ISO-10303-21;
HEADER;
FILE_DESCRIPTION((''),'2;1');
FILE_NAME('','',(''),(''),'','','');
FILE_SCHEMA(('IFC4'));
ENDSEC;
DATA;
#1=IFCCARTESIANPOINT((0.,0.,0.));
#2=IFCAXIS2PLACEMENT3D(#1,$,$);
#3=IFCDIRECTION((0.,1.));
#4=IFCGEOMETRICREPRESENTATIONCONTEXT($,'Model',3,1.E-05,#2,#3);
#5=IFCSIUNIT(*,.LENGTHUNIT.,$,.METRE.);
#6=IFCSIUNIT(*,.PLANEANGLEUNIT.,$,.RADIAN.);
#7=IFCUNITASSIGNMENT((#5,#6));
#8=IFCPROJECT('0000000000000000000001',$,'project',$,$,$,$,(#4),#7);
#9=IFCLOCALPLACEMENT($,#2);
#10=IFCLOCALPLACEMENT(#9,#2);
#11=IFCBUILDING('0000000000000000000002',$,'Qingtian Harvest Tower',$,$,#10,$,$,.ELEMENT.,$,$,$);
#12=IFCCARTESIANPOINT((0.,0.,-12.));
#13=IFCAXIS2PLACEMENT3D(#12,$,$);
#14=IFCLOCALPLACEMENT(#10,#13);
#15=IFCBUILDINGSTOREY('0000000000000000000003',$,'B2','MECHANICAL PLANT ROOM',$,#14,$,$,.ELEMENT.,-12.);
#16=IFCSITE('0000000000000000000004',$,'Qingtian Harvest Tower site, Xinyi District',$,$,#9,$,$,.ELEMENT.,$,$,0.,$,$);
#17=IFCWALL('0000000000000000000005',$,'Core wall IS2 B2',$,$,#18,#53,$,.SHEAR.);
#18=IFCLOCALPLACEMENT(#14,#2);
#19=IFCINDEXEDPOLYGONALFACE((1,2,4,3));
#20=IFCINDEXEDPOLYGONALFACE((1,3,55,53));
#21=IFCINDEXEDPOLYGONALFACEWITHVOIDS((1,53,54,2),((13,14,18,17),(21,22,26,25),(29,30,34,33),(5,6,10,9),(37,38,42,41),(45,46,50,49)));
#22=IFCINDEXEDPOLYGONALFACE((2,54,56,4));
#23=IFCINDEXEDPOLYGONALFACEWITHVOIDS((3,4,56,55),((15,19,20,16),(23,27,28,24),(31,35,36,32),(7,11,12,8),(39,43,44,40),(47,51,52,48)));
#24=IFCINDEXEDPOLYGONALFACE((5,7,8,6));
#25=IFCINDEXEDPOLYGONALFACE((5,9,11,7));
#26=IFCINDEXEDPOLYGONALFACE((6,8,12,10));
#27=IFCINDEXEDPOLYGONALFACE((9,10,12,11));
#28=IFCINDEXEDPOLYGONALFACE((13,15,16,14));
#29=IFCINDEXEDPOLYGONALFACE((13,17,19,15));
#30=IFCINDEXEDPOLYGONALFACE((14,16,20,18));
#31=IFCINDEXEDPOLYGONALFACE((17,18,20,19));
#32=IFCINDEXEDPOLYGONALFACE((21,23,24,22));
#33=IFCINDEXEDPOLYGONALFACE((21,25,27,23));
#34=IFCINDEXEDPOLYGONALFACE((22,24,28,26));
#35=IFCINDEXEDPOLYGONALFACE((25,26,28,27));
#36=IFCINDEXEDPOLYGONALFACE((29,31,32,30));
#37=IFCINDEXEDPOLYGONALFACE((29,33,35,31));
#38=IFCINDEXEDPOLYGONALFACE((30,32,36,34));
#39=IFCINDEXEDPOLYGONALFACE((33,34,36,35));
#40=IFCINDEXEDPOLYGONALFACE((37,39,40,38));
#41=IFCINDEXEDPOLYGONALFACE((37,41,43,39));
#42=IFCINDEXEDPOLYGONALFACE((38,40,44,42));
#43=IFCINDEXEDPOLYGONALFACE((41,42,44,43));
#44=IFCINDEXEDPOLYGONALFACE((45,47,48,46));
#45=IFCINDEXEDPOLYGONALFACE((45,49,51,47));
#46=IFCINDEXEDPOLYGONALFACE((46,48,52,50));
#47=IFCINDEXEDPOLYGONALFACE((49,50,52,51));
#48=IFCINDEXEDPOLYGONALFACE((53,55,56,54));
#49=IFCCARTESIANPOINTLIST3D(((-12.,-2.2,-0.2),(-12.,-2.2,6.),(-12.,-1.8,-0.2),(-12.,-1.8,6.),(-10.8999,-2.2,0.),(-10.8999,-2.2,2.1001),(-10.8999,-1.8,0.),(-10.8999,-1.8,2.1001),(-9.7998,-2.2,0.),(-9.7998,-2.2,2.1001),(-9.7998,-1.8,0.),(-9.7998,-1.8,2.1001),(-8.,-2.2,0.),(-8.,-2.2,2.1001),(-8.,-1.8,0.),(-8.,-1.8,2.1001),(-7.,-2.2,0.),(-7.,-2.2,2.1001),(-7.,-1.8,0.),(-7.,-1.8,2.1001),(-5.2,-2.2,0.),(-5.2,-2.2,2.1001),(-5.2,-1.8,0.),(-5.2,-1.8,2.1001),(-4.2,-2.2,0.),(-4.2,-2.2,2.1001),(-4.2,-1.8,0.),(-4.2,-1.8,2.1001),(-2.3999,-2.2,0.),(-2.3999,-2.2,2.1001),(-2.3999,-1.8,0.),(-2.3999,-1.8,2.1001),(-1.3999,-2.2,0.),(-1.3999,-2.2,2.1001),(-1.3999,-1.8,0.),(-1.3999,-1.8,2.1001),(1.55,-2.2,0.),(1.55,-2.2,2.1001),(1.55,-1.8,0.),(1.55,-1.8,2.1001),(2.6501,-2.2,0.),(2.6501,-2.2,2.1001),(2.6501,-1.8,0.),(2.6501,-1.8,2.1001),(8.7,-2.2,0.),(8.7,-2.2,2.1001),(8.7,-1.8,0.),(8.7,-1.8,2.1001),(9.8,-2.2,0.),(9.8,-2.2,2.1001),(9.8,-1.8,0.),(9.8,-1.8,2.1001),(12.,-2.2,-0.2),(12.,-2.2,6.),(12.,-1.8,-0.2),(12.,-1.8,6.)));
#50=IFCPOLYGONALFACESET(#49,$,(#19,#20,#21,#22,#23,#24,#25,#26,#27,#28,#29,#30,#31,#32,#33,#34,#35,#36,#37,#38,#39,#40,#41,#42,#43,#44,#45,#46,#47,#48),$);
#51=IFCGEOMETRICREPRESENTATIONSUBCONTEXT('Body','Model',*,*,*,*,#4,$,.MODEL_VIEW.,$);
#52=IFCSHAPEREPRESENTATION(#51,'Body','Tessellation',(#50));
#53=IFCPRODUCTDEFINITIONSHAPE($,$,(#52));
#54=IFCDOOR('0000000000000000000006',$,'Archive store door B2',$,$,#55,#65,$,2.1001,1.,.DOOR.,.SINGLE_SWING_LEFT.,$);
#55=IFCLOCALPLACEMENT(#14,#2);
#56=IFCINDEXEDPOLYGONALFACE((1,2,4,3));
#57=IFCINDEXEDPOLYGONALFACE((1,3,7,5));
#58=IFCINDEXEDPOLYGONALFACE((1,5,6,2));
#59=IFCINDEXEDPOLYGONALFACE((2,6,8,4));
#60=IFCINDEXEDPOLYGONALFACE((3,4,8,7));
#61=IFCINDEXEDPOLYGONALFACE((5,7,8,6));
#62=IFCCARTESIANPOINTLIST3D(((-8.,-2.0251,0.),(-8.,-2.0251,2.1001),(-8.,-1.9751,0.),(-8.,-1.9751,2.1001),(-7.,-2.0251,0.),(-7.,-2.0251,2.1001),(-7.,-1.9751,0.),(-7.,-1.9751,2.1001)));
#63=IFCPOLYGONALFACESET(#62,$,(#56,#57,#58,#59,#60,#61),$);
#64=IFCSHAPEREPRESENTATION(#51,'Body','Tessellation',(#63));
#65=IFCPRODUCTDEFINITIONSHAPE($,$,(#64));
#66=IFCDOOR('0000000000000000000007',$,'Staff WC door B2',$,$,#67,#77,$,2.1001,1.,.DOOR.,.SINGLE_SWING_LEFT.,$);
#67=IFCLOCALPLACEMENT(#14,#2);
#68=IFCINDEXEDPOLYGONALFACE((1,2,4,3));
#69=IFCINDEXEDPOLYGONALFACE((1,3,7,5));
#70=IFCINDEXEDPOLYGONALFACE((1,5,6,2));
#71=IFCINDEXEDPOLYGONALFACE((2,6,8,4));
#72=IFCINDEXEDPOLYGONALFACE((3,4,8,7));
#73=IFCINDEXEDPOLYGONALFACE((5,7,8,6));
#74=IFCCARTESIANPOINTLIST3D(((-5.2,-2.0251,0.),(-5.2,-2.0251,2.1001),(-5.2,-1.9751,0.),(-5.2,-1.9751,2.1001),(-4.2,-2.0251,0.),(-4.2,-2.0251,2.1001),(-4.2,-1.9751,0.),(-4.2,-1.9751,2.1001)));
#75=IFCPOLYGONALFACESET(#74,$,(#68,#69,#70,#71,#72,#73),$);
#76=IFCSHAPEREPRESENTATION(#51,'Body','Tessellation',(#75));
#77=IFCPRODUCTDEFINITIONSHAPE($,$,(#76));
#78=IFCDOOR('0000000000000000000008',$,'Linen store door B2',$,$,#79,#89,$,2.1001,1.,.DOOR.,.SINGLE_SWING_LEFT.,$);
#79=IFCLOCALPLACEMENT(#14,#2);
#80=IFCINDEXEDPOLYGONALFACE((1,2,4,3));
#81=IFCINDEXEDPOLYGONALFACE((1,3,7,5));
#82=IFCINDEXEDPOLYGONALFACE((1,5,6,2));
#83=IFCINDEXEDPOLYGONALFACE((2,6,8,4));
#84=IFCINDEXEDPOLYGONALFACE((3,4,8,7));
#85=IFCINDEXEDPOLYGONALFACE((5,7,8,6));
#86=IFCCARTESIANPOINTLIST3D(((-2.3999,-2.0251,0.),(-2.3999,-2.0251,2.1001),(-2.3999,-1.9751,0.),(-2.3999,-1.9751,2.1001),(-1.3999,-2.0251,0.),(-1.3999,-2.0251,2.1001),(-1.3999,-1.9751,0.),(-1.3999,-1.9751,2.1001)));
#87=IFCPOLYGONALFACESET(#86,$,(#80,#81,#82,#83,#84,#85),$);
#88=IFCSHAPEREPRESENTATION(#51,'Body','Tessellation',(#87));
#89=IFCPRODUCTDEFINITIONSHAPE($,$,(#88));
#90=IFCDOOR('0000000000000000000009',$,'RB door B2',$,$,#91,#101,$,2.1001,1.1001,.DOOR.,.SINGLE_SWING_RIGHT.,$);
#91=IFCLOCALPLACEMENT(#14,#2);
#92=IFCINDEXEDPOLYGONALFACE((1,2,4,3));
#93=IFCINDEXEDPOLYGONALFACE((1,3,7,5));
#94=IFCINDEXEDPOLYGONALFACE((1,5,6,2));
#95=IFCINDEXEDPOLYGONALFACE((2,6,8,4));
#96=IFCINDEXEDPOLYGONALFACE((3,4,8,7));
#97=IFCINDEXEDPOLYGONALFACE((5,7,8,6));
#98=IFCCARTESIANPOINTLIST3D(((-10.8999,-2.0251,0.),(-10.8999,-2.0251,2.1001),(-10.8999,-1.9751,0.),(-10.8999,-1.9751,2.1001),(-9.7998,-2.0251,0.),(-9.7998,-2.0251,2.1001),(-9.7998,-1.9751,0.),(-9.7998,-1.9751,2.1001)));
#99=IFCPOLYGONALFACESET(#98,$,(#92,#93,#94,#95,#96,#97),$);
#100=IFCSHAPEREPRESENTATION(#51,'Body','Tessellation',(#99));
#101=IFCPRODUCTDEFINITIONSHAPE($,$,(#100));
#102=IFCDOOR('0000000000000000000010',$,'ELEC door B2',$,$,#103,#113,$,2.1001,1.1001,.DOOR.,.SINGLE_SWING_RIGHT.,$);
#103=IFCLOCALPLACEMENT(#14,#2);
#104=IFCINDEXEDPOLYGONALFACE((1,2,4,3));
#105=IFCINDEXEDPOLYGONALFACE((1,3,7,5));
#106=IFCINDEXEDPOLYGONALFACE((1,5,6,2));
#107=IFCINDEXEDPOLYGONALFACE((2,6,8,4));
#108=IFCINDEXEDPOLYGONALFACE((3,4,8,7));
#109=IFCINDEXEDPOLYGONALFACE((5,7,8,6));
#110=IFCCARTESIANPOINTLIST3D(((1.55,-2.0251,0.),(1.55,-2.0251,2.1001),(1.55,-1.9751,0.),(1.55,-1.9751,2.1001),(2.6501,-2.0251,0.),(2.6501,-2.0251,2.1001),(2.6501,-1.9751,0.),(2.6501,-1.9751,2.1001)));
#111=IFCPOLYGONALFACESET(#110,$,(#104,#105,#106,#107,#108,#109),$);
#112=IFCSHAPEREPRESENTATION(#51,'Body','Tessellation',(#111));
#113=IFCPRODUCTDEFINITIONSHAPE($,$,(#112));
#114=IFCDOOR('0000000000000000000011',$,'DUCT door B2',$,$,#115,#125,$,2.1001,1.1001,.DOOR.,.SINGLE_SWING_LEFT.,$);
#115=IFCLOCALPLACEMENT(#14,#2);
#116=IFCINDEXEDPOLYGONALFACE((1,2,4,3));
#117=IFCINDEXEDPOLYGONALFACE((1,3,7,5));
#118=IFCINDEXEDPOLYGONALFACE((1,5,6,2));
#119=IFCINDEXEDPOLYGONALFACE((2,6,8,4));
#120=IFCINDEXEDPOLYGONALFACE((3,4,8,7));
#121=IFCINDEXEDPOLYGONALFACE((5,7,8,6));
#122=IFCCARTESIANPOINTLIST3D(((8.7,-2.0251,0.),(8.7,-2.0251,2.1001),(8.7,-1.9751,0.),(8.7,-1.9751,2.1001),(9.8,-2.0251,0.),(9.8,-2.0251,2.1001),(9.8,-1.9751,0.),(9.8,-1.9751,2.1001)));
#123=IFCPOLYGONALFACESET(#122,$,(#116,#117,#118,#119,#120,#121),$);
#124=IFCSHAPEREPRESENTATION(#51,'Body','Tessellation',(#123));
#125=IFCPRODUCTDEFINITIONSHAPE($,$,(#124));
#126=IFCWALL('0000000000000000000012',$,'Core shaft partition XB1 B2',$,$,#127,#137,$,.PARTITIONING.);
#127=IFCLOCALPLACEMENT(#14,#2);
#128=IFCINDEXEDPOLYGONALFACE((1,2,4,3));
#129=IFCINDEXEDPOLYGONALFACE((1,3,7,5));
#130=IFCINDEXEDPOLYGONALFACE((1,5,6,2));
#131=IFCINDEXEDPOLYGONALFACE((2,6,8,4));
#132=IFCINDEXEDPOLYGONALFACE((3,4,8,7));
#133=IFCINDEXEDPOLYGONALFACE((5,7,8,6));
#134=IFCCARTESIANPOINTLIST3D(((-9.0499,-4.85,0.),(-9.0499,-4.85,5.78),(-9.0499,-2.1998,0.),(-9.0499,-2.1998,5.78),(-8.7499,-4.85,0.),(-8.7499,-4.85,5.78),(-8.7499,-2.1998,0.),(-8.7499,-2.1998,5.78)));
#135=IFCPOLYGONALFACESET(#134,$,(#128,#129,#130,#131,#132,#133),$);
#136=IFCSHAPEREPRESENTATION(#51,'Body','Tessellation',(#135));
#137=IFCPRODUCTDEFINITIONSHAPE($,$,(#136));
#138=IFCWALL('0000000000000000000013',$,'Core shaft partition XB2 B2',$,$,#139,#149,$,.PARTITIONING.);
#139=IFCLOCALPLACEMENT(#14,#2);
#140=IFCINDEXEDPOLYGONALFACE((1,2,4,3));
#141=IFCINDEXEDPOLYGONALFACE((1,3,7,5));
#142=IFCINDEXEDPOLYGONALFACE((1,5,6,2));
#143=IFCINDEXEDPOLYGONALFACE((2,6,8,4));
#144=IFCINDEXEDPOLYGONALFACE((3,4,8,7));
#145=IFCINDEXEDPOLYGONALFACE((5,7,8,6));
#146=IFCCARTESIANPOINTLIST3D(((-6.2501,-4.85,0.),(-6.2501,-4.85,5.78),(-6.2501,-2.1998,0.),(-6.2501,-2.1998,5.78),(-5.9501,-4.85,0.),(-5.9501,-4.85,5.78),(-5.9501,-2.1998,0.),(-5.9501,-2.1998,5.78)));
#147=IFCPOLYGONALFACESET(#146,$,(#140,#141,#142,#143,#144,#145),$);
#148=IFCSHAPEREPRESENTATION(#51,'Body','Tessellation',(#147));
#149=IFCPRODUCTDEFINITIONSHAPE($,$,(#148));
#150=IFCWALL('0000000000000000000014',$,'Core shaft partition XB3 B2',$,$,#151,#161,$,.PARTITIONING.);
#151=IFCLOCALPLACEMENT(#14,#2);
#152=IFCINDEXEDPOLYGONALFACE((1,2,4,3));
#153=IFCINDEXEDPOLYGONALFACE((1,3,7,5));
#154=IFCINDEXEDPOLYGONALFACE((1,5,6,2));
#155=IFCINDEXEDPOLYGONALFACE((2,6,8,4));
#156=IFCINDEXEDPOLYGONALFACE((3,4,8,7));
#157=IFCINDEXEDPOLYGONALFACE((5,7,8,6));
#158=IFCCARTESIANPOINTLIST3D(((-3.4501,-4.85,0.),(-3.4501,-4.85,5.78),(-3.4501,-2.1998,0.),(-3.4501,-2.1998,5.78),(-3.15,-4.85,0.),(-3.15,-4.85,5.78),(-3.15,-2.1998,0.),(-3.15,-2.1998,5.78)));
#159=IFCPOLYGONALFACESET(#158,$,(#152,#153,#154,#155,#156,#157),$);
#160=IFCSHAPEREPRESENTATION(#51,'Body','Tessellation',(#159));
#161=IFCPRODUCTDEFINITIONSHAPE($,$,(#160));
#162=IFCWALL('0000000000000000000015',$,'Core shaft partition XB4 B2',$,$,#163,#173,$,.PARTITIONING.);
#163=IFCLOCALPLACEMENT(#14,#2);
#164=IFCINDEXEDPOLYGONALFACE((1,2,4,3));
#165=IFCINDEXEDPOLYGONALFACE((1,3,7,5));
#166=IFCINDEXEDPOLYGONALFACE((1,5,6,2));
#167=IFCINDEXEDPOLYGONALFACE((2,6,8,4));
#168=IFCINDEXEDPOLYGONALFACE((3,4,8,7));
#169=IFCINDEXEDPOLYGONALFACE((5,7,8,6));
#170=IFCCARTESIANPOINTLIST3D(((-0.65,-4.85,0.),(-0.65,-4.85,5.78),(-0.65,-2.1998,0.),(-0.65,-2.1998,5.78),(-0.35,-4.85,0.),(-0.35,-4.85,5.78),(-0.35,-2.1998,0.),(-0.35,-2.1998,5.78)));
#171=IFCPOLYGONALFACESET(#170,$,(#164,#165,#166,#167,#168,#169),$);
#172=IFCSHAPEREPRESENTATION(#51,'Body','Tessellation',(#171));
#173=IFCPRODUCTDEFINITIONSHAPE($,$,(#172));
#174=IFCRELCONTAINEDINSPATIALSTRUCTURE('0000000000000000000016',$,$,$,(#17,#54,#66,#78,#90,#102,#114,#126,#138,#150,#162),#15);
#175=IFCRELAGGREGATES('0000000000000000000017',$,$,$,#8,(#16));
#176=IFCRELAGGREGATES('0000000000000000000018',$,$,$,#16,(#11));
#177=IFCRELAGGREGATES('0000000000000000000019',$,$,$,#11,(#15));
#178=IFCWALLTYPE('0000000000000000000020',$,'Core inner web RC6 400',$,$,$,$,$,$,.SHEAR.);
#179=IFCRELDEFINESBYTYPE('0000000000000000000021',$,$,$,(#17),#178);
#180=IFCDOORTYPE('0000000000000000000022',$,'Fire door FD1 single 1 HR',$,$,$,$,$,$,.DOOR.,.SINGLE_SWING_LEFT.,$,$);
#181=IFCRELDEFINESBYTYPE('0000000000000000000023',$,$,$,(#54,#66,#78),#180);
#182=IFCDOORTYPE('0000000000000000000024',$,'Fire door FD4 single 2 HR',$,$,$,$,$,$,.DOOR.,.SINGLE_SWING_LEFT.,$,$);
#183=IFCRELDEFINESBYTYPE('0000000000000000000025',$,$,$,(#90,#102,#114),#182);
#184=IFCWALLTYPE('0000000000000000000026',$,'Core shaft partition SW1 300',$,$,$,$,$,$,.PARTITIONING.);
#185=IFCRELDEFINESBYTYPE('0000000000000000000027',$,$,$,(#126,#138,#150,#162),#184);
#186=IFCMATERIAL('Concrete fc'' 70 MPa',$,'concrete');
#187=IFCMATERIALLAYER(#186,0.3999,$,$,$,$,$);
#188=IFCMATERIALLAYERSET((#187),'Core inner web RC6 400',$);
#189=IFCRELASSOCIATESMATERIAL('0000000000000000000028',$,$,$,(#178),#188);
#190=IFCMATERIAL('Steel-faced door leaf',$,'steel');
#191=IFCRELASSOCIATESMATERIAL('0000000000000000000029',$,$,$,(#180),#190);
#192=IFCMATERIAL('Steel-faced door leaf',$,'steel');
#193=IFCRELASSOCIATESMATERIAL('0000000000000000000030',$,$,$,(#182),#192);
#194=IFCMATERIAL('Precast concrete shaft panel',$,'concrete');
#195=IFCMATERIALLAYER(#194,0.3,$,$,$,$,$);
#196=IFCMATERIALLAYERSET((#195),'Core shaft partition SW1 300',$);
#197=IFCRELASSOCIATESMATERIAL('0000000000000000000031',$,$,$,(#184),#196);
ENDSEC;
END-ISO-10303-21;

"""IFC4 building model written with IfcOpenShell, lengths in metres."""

from ifc_helpers import new_model, si_unit, direction, frame, frame_2d, origin, place, context, subcontext, project, spatial, rectangle, extrude, material, layer, layer_set, type_object, element, fill, save


model = new_model("IFC4")

# Units and contexts
model_context = context("Model", 3, precision=1e-05, world=origin(), true_north=direction((0.0, 1.0)))
body_context = subcontext(model_context, "Body", "Model", "MODEL_VIEW")
ifc_project = project(units=[si_unit("LENGTHUNIT", "METRE"), si_unit("PLANEANGLEUNIT", "RADIAN")], contexts=[model_context])

# Site, building, storey
site_placement = place(None, origin())
site = spatial("IfcSite", under=ifc_project, at=site_placement, Name="Qingtian Harvest Tower site, Xinyi District", CompositionType="ELEMENT", RefElevation=0.0)
building_placement = place(site_placement, origin())
building = spatial("IfcBuilding", under=site, at=building_placement, Name="Qingtian Harvest Tower", CompositionType="ELEMENT")
storey_placement = place(building_placement, frame((0.0, 0.0, -12.0)))
storey = spatial("IfcBuildingStorey", under=building, at=storey_placement, Name="B2", Description="MECHANICAL PLANT ROOM", CompositionType="ELEMENT", Elevation=-12.0)

# Wall, openings, doors
ifc_material_1 = material(Name="Concrete fc' 70 MPa", Category="concrete")
ifc_layer_1 = layer(ifc_material_1, 0.3999)
ifc_layer_set_1 = layer_set([ifc_layer_1], Name="Core inner web RC6 400")
wall_type_1 = type_object("IfcWallType", Name="Core inner web RC6 400", PredefinedType="SHEAR", material=ifc_layer_set_1)
wall_1_placement = place(storey_placement, frame((-12.0, -2.0, -0.2), z_axis=(0.0, 0.0, 1.0), x_axis=(1.0, 0.0, 0.0)))
wall_1 = element("IfcWall", 1, at=wall_1_placement, inside=storey, type_object=wall_type_1, Name="Core wall IS2 B2", PredefinedType="SHEAR", context=body_context, shape_type="SweptSolid", body=[
    extrude(rectangle(XDim=24.0, YDim=0.3999, at=frame_2d((12.0, 0.0))), origin(), (0.0, 0.0, 1.0), 6.2),
])
opening_1_placement = place(wall_1_placement, frame((1.1001, 0.0, 0.2)))
opening_1 = element("IfcOpeningElement", 2, at=opening_1_placement, cuts=wall_1, PredefinedType="OPENING", context=body_context, shape_type="SweptSolid", body=[
    extrude(rectangle(XDim=1.1001, YDim=2.1001, at=frame_2d((0.55, 1.05))), frame((0.0, 0.21, 0.0), z_axis=(0.0, -1.0, 0.0), x_axis=(1.0, 0.0, 0.0)), (0.0, 0.0, 1.0), 0.4199),
])
opening_2_placement = place(wall_1_placement, frame((13.55, 0.0, 0.2)))
opening_2 = element("IfcOpeningElement", 3, at=opening_2_placement, cuts=wall_1, PredefinedType="OPENING", context=body_context, shape_type="SweptSolid", body=[
    extrude(rectangle(XDim=1.1001, YDim=2.1001, at=frame_2d((0.55, 1.05))), frame((0.0, 0.21, 0.0), z_axis=(0.0, -1.0, 0.0), x_axis=(1.0, 0.0, 0.0)), (0.0, 0.0, 1.0), 0.4199),
])
opening_3_placement = place(wall_1_placement, frame((20.7, 0.0, 0.2)))
opening_3 = element("IfcOpeningElement", 4, at=opening_3_placement, cuts=wall_1, PredefinedType="OPENING", context=body_context, shape_type="SweptSolid", body=[
    extrude(rectangle(XDim=1.1001, YDim=2.1001, at=frame_2d((0.55, 1.05))), frame((0.0, 0.21, 0.0), z_axis=(0.0, -1.0, 0.0), x_axis=(1.0, 0.0, 0.0)), (0.0, 0.0, 1.0), 0.4199),
])
opening_4_placement = place(wall_1_placement, frame((4.0, 0.0, 0.2)))
opening_4 = element("IfcOpeningElement", 5, at=opening_4_placement, cuts=wall_1, PredefinedType="OPENING", context=body_context, shape_type="SweptSolid", body=[
    extrude(rectangle(XDim=1.0, YDim=2.1001, at=frame_2d((0.5, 1.05))), frame((0.0, 0.21, 0.0), z_axis=(0.0, -1.0, 0.0), x_axis=(1.0, 0.0, 0.0)), (0.0, 0.0, 1.0), 0.4199),
])
opening_5_placement = place(wall_1_placement, frame((6.8, 0.0, 0.2)))
opening_5 = element("IfcOpeningElement", 6, at=opening_5_placement, cuts=wall_1, PredefinedType="OPENING", context=body_context, shape_type="SweptSolid", body=[
    extrude(rectangle(XDim=1.0, YDim=2.1001, at=frame_2d((0.5, 1.05))), frame((0.0, 0.21, 0.0), z_axis=(0.0, -1.0, 0.0), x_axis=(1.0, 0.0, 0.0)), (0.0, 0.0, 1.0), 0.4199),
])
opening_6_placement = place(wall_1_placement, frame((9.6001, 0.0, 0.2)))
opening_6 = element("IfcOpeningElement", 7, at=opening_6_placement, cuts=wall_1, PredefinedType="OPENING", context=body_context, shape_type="SweptSolid", body=[
    extrude(rectangle(XDim=1.0, YDim=2.1001, at=frame_2d((0.5, 1.05))), frame((0.0, 0.21, 0.0), z_axis=(0.0, -1.0, 0.0), x_axis=(1.0, 0.0, 0.0)), (0.0, 0.0, 1.0), 0.4199),
])
ifc_material_2 = material(Name="Steel-faced door leaf", Category="steel")
door_type_1 = type_object("IfcDoorType", Name="Fire door FD1 single 1 HR", OperationType="SINGLE_SWING_LEFT", PredefinedType="DOOR", material=ifc_material_2)
door_1_placement = place(opening_4_placement, origin())
door_1 = element("IfcDoor", 8, at=door_1_placement, inside=storey, type_object=door_type_1, Name="Archive store door B2", OperationType="SINGLE_SWING_LEFT", OverallHeight=2.1001, OverallWidth=1.0, PredefinedType="DOOR", context=body_context, shape_type="SweptSolid", body=[
    extrude(rectangle(XDim=1.0, YDim=2.1001, at=frame_2d((0.5, 1.05))), frame((0.0, 0.0249, 0.0), z_axis=(0.0, -1.0, 0.0), x_axis=(1.0, 0.0, 0.0)), (0.0, 0.0, 1.0), 0.05),
])
fill(opening_4, door_1)
door_2_placement = place(opening_5_placement, origin())
door_2 = element("IfcDoor", 9, at=door_2_placement, inside=storey, type_object=door_type_1, Name="Staff WC door B2", OperationType="SINGLE_SWING_LEFT", OverallHeight=2.1001, OverallWidth=1.0, PredefinedType="DOOR", context=body_context, shape_type="SweptSolid", body=[
    extrude(rectangle(XDim=1.0, YDim=2.1001, at=frame_2d((0.5, 1.05))), frame((0.0, 0.0249, 0.0), z_axis=(0.0, -1.0, 0.0), x_axis=(1.0, 0.0, 0.0)), (0.0, 0.0, 1.0), 0.05),
])
fill(opening_5, door_2)
door_3_placement = place(opening_6_placement, origin())
door_3 = element("IfcDoor", 10, at=door_3_placement, inside=storey, type_object=door_type_1, Name="Linen store door B2", OperationType="SINGLE_SWING_LEFT", OverallHeight=2.1001, OverallWidth=1.0, PredefinedType="DOOR", context=body_context, shape_type="SweptSolid", body=[
    extrude(rectangle(XDim=1.0, YDim=2.1001, at=frame_2d((0.5, 1.05))), frame((0.0, 0.0249, 0.0), z_axis=(0.0, -1.0, 0.0), x_axis=(1.0, 0.0, 0.0)), (0.0, 0.0, 1.0), 0.05),
])
fill(opening_6, door_3)
ifc_material_3 = material(Name="Steel-faced door leaf", Category="steel")
door_type_2 = type_object("IfcDoorType", Name="Fire door FD4 single 2 HR", OperationType="SINGLE_SWING_LEFT", PredefinedType="DOOR", material=ifc_material_3)
door_4_placement = place(opening_1_placement, origin())
door_4 = element("IfcDoor", 11, at=door_4_placement, inside=storey, type_object=door_type_2, Name="RB door B2", OperationType="SINGLE_SWING_RIGHT", OverallHeight=2.1001, OverallWidth=1.1001, PredefinedType="DOOR", context=body_context, shape_type="SweptSolid", body=[
    extrude(rectangle(XDim=1.1001, YDim=2.1001, at=frame_2d((0.55, 1.05))), frame((0.0, 0.0249, 0.0), z_axis=(0.0, -1.0, 0.0), x_axis=(1.0, 0.0, 0.0)), (0.0, 0.0, 1.0), 0.05),
])
fill(opening_1, door_4)
door_5_placement = place(opening_2_placement, origin())
door_5 = element("IfcDoor", 12, at=door_5_placement, inside=storey, type_object=door_type_2, Name="ELEC door B2", OperationType="SINGLE_SWING_RIGHT", OverallHeight=2.1001, OverallWidth=1.1001, PredefinedType="DOOR", context=body_context, shape_type="SweptSolid", body=[
    extrude(rectangle(XDim=1.1001, YDim=2.1001, at=frame_2d((0.55, 1.05))), frame((0.0, 0.0249, 0.0), z_axis=(0.0, -1.0, 0.0), x_axis=(1.0, 0.0, 0.0)), (0.0, 0.0, 1.0), 0.05),
])
fill(opening_2, door_5)
door_6_placement = place(opening_3_placement, origin())
door_6 = element("IfcDoor", 13, at=door_6_placement, inside=storey, type_object=door_type_2, Name="DUCT door B2", OperationType="SINGLE_SWING_LEFT", OverallHeight=2.1001, OverallWidth=1.1001, PredefinedType="DOOR", context=body_context, shape_type="SweptSolid", body=[
    extrude(rectangle(XDim=1.1001, YDim=2.1001, at=frame_2d((0.55, 1.05))), frame((0.0, 0.0249, 0.0), z_axis=(0.0, -1.0, 0.0), x_axis=(1.0, 0.0, 0.0)), (0.0, 0.0, 1.0), 0.05),
])
fill(opening_3, door_6)

# Walls
ifc_material_4 = material(Name="Precast concrete shaft panel", Category="concrete")
ifc_layer_2 = layer(ifc_material_4, 0.3)
ifc_layer_set_2 = layer_set([ifc_layer_2], Name="Core shaft partition SW1 300")
wall_type_2 = type_object("IfcWallType", Name="Core shaft partition SW1 300", PredefinedType="PARTITIONING", material=ifc_layer_set_2)
for number, where, z_axis, x_axis, name in (
    (14, (-8.8999, -4.8501, 0.0), (0.0, 0.0, 1.0), (0.0, 1.0, 0.0), "Core shaft partition XB1 B2"),
    (15, (-6.1001, -4.8501, 0.0), (0.0, 0.0, 1.0), (0.0, 1.0, 0.0), "Core shaft partition XB2 B2"),
    (16, (-3.3, -4.8501, 0.0), (0.0, 0.0, 1.0), (0.0, 1.0, 0.0), "Core shaft partition XB3 B2"),
    (17, (-0.5, -4.8501, 0.0), (0.0, 0.0, 1.0), (0.0, 1.0, 0.0), "Core shaft partition XB4 B2"),
):
    element("IfcWall", number, at=place(storey_placement, frame(where, z_axis=z_axis, x_axis=x_axis)), inside=storey, type_object=wall_type_2, Name=name, PredefinedType="PARTITIONING", context=body_context, shape_type="SweptSolid", body=[
        extrude(rectangle(XDim=2.6501, YDim=0.3, at=frame_2d((1.3252, 0.0))), origin(), (0.0, 0.0, 1.0), 5.78),
    ])

save(model, "model.ifc")
